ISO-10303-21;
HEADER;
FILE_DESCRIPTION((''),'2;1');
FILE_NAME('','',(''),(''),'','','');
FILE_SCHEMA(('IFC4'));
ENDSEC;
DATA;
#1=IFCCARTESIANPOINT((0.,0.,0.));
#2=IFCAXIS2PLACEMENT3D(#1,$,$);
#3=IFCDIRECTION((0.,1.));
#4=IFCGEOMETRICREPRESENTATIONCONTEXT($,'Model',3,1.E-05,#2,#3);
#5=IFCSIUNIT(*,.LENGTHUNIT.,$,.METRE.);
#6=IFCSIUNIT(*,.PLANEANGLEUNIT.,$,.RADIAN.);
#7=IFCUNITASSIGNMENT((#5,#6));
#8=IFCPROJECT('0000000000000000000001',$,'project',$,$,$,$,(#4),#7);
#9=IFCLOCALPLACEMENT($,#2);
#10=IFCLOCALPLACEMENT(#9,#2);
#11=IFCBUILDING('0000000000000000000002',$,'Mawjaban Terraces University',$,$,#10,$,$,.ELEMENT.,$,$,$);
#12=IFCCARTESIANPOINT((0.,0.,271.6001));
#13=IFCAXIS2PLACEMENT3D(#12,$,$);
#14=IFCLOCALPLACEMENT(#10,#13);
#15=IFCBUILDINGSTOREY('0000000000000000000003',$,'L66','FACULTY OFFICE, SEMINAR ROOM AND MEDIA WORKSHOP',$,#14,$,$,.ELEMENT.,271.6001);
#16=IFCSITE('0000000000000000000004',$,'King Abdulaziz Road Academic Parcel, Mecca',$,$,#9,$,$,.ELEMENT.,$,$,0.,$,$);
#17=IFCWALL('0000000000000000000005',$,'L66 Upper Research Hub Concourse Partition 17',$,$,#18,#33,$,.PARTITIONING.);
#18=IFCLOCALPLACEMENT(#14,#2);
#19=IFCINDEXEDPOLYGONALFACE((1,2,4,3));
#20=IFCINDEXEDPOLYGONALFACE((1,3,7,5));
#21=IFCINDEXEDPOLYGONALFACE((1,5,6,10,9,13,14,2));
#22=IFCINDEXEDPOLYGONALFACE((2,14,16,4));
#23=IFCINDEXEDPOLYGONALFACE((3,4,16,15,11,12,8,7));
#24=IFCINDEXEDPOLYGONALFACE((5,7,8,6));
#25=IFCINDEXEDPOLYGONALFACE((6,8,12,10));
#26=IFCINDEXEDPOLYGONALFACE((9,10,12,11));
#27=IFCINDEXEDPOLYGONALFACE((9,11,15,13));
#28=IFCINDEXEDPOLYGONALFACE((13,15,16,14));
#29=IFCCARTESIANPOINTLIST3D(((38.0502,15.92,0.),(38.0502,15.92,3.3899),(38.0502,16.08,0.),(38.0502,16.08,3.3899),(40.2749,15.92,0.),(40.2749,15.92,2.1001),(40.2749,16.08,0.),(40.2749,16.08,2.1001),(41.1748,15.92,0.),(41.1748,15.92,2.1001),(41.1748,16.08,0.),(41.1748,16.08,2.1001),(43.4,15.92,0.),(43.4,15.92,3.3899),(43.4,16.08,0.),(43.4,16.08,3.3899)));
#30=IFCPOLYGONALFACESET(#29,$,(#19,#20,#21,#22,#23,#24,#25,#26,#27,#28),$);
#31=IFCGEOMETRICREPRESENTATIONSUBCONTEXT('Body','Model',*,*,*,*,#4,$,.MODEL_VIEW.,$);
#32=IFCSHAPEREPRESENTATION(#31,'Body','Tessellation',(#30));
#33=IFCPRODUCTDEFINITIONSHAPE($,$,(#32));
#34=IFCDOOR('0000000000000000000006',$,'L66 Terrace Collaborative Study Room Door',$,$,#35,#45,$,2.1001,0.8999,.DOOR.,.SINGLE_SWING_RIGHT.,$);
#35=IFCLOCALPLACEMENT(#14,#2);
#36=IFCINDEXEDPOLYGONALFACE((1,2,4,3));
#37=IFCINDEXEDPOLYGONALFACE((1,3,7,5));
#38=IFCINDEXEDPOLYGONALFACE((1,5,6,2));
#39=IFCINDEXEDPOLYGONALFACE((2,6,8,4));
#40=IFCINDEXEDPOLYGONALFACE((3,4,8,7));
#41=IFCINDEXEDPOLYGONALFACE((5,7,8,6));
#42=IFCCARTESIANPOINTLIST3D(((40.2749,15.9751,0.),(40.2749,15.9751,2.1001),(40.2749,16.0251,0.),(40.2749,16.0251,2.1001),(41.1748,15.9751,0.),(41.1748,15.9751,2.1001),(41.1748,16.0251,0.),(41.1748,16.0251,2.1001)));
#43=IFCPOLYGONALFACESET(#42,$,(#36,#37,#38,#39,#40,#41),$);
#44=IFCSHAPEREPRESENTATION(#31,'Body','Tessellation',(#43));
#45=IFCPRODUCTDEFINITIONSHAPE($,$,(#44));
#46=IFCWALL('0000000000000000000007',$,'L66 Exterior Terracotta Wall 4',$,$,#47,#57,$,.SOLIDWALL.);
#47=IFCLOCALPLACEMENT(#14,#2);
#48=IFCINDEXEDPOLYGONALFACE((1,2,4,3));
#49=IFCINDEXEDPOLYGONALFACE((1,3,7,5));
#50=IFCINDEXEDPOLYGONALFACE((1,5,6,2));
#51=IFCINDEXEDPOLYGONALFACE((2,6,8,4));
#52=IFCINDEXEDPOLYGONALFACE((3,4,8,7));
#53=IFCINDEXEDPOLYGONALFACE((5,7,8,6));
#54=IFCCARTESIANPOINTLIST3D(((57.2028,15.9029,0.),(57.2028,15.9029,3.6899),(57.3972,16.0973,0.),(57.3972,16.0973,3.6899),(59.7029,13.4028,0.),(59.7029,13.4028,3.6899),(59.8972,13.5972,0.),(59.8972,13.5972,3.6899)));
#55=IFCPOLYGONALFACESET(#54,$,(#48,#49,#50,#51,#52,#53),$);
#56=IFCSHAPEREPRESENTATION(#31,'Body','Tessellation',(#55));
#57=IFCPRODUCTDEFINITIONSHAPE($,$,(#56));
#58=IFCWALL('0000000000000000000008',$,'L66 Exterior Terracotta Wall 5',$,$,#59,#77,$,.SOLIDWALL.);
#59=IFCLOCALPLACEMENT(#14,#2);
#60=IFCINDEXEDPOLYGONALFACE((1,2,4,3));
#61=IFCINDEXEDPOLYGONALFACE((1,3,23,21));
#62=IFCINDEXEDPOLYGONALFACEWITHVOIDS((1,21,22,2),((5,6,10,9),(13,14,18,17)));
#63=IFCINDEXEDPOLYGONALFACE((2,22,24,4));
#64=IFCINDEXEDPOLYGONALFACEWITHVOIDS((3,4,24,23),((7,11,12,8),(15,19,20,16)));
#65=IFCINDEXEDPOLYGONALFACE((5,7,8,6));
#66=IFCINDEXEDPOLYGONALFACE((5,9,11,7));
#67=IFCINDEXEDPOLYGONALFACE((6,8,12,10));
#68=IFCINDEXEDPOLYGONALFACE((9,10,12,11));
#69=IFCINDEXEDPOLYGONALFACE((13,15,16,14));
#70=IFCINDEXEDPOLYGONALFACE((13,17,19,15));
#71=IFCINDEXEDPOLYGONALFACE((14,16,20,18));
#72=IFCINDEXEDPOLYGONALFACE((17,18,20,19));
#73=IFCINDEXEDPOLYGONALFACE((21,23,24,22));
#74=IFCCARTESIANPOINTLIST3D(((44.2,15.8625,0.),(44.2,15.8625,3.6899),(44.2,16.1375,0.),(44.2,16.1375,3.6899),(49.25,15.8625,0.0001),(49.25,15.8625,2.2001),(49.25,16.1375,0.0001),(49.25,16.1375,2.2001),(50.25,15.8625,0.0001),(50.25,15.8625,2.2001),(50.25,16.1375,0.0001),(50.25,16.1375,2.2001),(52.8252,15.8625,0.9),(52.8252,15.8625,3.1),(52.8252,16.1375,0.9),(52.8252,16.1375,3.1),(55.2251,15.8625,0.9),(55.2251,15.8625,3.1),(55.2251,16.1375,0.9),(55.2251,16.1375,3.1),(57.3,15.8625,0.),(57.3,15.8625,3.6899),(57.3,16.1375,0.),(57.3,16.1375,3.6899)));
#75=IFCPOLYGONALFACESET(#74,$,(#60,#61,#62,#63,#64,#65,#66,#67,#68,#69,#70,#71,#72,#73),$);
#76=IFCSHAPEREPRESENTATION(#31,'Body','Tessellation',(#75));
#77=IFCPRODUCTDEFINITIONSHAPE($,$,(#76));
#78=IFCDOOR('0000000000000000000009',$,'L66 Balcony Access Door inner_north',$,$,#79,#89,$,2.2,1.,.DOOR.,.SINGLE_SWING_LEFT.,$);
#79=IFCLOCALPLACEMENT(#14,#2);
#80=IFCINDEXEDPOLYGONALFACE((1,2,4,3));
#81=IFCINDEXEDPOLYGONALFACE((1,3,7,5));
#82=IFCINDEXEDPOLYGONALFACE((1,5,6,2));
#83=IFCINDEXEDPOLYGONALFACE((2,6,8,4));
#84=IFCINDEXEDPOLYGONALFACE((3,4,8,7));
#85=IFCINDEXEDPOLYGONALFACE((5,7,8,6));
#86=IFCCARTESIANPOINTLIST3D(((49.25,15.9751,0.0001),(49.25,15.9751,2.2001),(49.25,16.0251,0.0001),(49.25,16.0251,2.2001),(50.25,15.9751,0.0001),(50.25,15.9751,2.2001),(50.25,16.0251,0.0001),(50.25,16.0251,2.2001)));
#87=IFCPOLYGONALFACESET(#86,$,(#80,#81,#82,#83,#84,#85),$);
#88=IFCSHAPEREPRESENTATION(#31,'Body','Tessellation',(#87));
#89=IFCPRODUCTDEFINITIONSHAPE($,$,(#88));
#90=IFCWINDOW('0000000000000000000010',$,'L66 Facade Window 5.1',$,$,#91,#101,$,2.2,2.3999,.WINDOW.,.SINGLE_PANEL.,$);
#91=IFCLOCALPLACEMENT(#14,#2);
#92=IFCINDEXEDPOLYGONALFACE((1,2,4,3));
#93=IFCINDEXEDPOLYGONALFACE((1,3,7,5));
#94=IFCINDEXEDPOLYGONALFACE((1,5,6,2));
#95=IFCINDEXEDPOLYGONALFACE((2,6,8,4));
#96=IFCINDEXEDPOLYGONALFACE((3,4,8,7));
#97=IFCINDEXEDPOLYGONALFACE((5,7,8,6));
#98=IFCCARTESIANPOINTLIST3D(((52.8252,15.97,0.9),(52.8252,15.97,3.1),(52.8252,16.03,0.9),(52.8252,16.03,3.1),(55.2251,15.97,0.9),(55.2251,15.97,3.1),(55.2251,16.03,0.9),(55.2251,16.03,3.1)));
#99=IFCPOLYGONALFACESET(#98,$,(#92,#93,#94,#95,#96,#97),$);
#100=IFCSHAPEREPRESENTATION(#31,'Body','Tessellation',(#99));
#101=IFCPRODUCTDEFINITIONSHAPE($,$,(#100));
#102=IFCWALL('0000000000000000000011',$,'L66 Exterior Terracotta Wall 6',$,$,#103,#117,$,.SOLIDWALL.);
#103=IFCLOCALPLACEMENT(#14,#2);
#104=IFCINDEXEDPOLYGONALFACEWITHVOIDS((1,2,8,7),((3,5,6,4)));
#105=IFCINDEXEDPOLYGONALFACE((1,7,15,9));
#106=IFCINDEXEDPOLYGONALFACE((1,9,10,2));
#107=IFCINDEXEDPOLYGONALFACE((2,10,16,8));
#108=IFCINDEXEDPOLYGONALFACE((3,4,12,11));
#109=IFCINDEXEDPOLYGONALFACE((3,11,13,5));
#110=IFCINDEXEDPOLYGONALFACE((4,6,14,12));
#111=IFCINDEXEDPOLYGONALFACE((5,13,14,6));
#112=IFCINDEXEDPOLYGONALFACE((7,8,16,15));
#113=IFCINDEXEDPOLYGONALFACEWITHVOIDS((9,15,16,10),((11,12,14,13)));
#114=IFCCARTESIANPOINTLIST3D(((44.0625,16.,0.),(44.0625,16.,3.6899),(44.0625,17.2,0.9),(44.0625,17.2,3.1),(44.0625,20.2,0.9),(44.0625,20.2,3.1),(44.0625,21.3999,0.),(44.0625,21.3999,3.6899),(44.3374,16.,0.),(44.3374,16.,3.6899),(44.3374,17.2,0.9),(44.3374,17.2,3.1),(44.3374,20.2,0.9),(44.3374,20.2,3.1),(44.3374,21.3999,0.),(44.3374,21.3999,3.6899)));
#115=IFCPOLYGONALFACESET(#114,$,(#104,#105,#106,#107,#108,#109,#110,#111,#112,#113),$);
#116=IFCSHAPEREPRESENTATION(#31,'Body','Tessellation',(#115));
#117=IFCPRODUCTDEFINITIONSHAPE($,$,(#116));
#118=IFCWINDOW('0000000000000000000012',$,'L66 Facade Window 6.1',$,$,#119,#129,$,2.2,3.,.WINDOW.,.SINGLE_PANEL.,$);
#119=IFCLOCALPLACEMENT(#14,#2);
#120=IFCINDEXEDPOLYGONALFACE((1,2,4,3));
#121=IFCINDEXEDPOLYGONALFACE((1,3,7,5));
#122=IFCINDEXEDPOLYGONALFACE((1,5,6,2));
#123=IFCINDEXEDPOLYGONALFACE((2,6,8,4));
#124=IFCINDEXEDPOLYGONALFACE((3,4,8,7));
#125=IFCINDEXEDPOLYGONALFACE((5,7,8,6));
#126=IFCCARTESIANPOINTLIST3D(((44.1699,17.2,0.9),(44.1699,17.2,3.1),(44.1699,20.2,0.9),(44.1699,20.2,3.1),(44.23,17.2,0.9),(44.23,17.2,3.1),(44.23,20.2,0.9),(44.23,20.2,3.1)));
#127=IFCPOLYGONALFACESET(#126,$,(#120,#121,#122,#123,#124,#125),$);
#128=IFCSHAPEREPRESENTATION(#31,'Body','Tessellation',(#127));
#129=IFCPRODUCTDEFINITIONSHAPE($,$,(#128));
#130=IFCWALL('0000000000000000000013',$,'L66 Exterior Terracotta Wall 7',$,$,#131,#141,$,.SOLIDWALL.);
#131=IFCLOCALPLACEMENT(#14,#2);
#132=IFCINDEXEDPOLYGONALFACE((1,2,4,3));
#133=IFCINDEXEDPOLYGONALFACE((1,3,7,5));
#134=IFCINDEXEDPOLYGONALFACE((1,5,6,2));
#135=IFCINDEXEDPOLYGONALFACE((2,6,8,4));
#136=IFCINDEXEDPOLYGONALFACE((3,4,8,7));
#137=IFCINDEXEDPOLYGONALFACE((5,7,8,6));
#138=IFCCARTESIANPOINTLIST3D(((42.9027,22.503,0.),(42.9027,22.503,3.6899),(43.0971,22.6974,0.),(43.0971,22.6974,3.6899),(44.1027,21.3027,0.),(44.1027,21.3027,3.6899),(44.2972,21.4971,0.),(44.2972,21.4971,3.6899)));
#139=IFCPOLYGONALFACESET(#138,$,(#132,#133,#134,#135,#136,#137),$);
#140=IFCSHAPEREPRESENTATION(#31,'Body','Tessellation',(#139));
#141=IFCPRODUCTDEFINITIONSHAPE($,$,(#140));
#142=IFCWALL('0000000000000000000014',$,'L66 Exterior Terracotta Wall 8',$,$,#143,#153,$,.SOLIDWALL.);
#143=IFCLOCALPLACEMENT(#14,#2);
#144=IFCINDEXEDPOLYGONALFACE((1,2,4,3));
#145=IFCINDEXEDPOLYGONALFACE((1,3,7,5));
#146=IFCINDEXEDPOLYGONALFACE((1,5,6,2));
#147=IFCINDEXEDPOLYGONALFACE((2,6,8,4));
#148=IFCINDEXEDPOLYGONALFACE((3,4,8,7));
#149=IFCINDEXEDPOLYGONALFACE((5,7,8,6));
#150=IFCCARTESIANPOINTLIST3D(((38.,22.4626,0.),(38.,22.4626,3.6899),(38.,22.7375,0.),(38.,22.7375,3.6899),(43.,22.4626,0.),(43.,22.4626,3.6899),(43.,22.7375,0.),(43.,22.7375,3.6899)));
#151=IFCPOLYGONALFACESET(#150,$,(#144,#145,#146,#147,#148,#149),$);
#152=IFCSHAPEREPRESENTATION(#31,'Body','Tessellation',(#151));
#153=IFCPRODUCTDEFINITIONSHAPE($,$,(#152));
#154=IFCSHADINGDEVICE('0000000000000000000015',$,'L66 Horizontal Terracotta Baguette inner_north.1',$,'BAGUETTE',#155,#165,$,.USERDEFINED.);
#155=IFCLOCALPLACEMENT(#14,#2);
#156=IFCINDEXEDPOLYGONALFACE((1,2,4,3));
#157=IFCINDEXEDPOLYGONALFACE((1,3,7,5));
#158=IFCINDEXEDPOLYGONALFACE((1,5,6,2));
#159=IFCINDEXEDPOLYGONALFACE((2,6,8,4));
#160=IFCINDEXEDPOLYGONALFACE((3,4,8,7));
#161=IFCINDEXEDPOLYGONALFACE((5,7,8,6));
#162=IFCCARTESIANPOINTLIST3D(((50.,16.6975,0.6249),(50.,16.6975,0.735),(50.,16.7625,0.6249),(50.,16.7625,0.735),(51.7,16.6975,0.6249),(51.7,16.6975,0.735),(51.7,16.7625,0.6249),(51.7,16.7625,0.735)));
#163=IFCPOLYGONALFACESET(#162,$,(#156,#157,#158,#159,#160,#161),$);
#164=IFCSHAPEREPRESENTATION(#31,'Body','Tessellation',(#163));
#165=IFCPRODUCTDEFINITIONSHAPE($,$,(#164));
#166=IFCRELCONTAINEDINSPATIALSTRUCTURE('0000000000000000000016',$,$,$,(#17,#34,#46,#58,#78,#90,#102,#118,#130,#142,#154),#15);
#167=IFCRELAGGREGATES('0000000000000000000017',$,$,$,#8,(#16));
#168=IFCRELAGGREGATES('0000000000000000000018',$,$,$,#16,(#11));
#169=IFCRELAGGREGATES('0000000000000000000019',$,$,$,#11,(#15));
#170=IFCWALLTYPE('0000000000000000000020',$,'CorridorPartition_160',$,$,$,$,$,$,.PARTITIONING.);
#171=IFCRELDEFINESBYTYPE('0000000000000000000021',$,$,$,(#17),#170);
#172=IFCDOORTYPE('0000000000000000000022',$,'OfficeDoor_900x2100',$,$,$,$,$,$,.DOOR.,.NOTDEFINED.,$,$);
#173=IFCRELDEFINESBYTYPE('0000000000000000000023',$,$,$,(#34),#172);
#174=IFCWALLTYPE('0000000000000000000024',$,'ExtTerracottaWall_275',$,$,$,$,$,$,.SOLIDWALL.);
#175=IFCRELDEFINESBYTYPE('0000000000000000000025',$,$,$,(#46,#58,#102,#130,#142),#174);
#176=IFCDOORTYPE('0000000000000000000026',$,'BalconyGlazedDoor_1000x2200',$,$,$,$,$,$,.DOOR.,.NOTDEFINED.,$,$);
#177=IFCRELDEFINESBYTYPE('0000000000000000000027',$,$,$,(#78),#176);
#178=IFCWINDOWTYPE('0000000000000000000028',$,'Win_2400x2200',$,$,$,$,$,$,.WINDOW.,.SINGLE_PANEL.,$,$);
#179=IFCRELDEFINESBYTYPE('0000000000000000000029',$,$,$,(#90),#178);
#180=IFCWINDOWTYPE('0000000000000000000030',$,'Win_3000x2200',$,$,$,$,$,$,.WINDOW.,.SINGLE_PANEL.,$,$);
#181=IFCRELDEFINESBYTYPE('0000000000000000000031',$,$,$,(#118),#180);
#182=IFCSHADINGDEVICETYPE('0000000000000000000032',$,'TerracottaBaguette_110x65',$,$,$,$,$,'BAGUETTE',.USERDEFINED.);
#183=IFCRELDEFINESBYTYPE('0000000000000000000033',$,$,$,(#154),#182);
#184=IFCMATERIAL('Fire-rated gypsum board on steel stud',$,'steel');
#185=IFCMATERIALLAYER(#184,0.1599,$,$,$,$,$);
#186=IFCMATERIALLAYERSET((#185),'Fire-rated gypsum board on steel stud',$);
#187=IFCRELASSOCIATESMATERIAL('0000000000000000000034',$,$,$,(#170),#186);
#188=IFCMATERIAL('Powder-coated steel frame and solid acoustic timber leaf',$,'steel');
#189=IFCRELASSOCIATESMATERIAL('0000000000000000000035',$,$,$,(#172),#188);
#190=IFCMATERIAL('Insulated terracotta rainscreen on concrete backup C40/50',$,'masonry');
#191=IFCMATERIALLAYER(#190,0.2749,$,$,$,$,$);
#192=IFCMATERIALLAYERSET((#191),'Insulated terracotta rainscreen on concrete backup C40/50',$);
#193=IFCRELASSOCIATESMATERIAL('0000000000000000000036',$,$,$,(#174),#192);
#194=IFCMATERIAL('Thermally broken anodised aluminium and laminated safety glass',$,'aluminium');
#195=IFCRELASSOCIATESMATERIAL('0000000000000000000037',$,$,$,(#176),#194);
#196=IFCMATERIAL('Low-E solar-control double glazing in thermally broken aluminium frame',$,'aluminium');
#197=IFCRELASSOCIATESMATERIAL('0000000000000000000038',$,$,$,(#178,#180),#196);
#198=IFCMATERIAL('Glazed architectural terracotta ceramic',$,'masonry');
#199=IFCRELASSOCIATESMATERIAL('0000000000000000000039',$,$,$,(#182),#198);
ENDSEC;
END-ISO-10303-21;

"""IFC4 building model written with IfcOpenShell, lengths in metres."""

from ifc_helpers import new_model, si_unit, direction, frame, frame_2d, origin, origin_2d, place, context, subcontext, project, spatial, rectangle, extrude, material, layer, layer_set, material_profile, profile_set, type_object, element, fill, save


model = new_model("IFC4")

# Units and contexts
model_context = context("Model", 3, precision=1e-05, world=origin(), true_north=direction((0.0, 1.0)))
body_context = subcontext(model_context, "Body", "Model", "MODEL_VIEW")
ifc_project = project(units=[si_unit("LENGTHUNIT", "METRE"), si_unit("PLANEANGLEUNIT", "RADIAN")], contexts=[model_context])

# Site, building, storey
site_placement = place(None, origin())
site = spatial("IfcSite", under=ifc_project, at=site_placement, Name="King Abdulaziz Road Academic Parcel, Mecca", CompositionType="ELEMENT", RefElevation=0.0)
building_placement = place(site_placement, origin())
building = spatial("IfcBuilding", under=site, at=building_placement, Name="Mawjaban Terraces University", CompositionType="ELEMENT")
storey_placement = place(building_placement, frame((0.0, 0.0, 271.6001)))
storey = spatial("IfcBuildingStorey", under=building, at=storey_placement, Name="L66", Description="FACULTY OFFICE, SEMINAR ROOM AND MEDIA WORKSHOP", CompositionType="ELEMENT", Elevation=271.6001)

# Wall, opening, door
ifc_material_1 = material(Name="Fire-rated gypsum board on steel stud", Category="steel")
ifc_layer_1 = layer(ifc_material_1, 0.1599)
ifc_layer_set_1 = layer_set([ifc_layer_1], Name="Fire-rated gypsum board on steel stud")
wall_type_1 = type_object("IfcWallType", Name="CorridorPartition_160", PredefinedType="PARTITIONING", material=ifc_layer_set_1)
wall_1_placement = place(storey_placement, frame((43.3999, 16.0, 0.0), z_axis=(0.0, 0.0, 1.0), x_axis=(-1.0, 0.0, 0.0)))
wall_1 = element("IfcWall", 1, at=wall_1_placement, inside=storey, type_object=wall_type_1, Name="L66 Upper Research Hub Concourse Partition 17", PredefinedType="PARTITIONING", context=body_context, shape_type="SweptSolid", body=[
    extrude(rectangle(XDim=5.3499, YDim=0.1599, at=frame_2d((2.6748, 0.0))), origin(), (0.0, 0.0, 1.0), 3.3899),
])
opening_1_placement = place(wall_1_placement, frame((2.2251, 0.0, 0.0)))
opening_1 = element("IfcOpeningElement", 2, at=opening_1_placement, cuts=wall_1, PredefinedType="OPENING", context=body_context, shape_type="SweptSolid", body=[
    extrude(rectangle(XDim=0.8999, YDim=2.1001, at=frame_2d((0.45, 1.05))), frame((0.0, 0.0898, 0.0), z_axis=(0.0, -1.0, 0.0), x_axis=(1.0, 0.0, 0.0)), (0.0, 0.0, 1.0), 0.1799),
])
ifc_material_2 = material(Name="Powder-coated steel frame and solid acoustic timber leaf", Category="steel")
door_type_1 = type_object("IfcDoorType", Name="OfficeDoor_900x2100", OperationType="NOTDEFINED", PredefinedType="DOOR", material=ifc_material_2)
door_1_placement = place(opening_1_placement, origin())
door_1 = element("IfcDoor", 3, at=door_1_placement, inside=storey, type_object=door_type_1, Name="L66 Terrace Collaborative Study Room Door", OperationType="SINGLE_SWING_RIGHT", OverallHeight=2.1001, OverallWidth=0.8999, PredefinedType="DOOR", context=body_context, shape_type="SweptSolid", body=[
    extrude(rectangle(XDim=0.8999, YDim=2.1001, at=frame_2d((0.45, 1.05))), frame((0.0, 0.0249, 0.0), z_axis=(0.0, -1.0, 0.0), x_axis=(1.0, 0.0, 0.0)), (0.0, 0.0, 1.0), 0.05),
])
fill(opening_1, door_1)

# Wall
ifc_material_3 = material(Name="Insulated terracotta rainscreen on concrete backup C40/50", Category="masonry")
ifc_layer_2 = layer(ifc_material_3, 0.2749)
ifc_layer_set_2 = layer_set([ifc_layer_2], Name="Insulated terracotta rainscreen on concrete backup C40/50")
wall_type_2 = type_object("IfcWallType", Name="ExtTerracottaWall_275", PredefinedType="SOLIDWALL", material=ifc_layer_set_2)
wall_2_placement = place(storey_placement, frame((59.8, 13.5, 0.0), z_axis=(0.0, 0.0, 1.0), x_axis=(-0.707107, 0.707107, 0.0)))
element("IfcWall", 4, at=wall_2_placement, inside=storey, type_object=wall_type_2, Name="L66 Exterior Terracotta Wall 4", PredefinedType="SOLIDWALL", context=body_context, shape_type="SweptSolid", body=[
    extrude(rectangle(XDim=3.5356, YDim=0.2749, at=frame_2d((1.7678, 0.0))), origin(), (0.0, 0.0, 1.0), 3.6899),
])

# Wall, openings, door, window
wall_3_placement = place(storey_placement, frame((57.3, 16.0, 0.0), z_axis=(0.0, 0.0, 1.0), x_axis=(-1.0, 0.0, 0.0)))
wall_3 = element("IfcWall", 5, at=wall_3_placement, inside=storey, type_object=wall_type_2, Name="L66 Exterior Terracotta Wall 5", PredefinedType="SOLIDWALL", context=body_context, shape_type="SweptSolid", body=[
    extrude(rectangle(XDim=13.1001, YDim=0.2749, at=frame_2d((6.55, 0.0))), origin(), (0.0, 0.0, 1.0), 3.6899),
])
opening_2_placement = place(wall_3_placement, frame((7.05, 0.0, 0.0)))
opening_2 = element("IfcOpeningElement", 6, at=opening_2_placement, cuts=wall_3, PredefinedType="OPENING", context=body_context, shape_type="SweptSolid", body=[
    extrude(rectangle(XDim=1.0, YDim=2.2, at=frame_2d((0.5, 1.1001))), frame((0.0, 0.1475, 0.0), z_axis=(0.0, -1.0, 0.0), x_axis=(1.0, 0.0, 0.0)), (0.0, 0.0, 1.0), 0.2949),
])
opening_3_placement = place(wall_3_placement, frame((2.075, 0.0, 0.8999)))
opening_3 = element("IfcOpeningElement", 7, at=opening_3_placement, cuts=wall_3, PredefinedType="OPENING", context=body_context, shape_type="SweptSolid", body=[
    extrude(rectangle(XDim=2.3999, YDim=2.2, at=frame_2d((1.2, 1.1001))), frame((0.0, 0.1475, 0.0), z_axis=(0.0, -1.0, 0.0), x_axis=(1.0, 0.0, 0.0)), (0.0, 0.0, 1.0), 0.2949),
])
ifc_material_4 = material(Name="Thermally broken anodised aluminium and laminated safety glass", Category="aluminium")
door_type_2 = type_object("IfcDoorType", Name="BalconyGlazedDoor_1000x2200", OperationType="NOTDEFINED", PredefinedType="DOOR", material=ifc_material_4)
door_2_placement = place(opening_2_placement, origin())
door_2 = element("IfcDoor", 8, at=door_2_placement, inside=storey, type_object=door_type_2, Name="L66 Balcony Access Door inner_north", OperationType="SINGLE_SWING_LEFT", OverallHeight=2.2, OverallWidth=1.0, PredefinedType="DOOR", context=body_context, shape_type="SweptSolid", body=[
    extrude(rectangle(XDim=1.0, YDim=2.2, at=frame_2d((0.5, 1.1001))), frame((0.0, 0.0249, 0.0), z_axis=(0.0, -1.0, 0.0), x_axis=(1.0, 0.0, 0.0)), (0.0, 0.0, 1.0), 0.05),
])
fill(opening_2, door_2)
ifc_material_5 = material(Name="Low-E solar-control double glazing in thermally broken aluminium frame", Category="aluminium")
window_type_1 = type_object("IfcWindowType", Name="Win_2400x2200", PartitioningType="SINGLE_PANEL", PredefinedType="WINDOW", material=ifc_material_5)
window_1_placement = place(opening_3_placement, origin())
window_1 = element("IfcWindow", 9, at=window_1_placement, inside=storey, type_object=window_type_1, Name="L66 Facade Window 5.1", OverallHeight=2.2, OverallWidth=2.3999, PartitioningType="SINGLE_PANEL", PredefinedType="WINDOW", context=body_context, shape_type="SweptSolid", body=[
    extrude(rectangle(XDim=2.3999, YDim=2.2, at=frame_2d((1.2, 1.1001))), frame((0.0, 0.03, 0.0), z_axis=(0.0, -1.0, 0.0), x_axis=(1.0, 0.0, 0.0)), (0.0, 0.0, 1.0), 0.0601),
])
fill(opening_3, window_1)

# Wall, opening, window
wall_4_placement = place(storey_placement, frame((44.2, 16.0, 0.0), z_axis=(0.0, 0.0, 1.0), x_axis=(0.0, 1.0, 0.0)))
wall_4 = element("IfcWall", 10, at=wall_4_placement, inside=storey, type_object=wall_type_2, Name="L66 Exterior Terracotta Wall 6", PredefinedType="SOLIDWALL", context=body_context, shape_type="SweptSolid", body=[
    extrude(rectangle(XDim=5.3999, YDim=0.2749, at=frame_2d((2.7, 0.0))), origin(), (0.0, 0.0, 1.0), 3.6899),
])
opening_4_placement = place(wall_4_placement, frame((1.2, 0.0, 0.8999)))
opening_4 = element("IfcOpeningElement", 11, at=opening_4_placement, cuts=wall_4, PredefinedType="OPENING", context=body_context, shape_type="SweptSolid", body=[
    extrude(rectangle(XDim=3.0, YDim=2.2, at=frame_2d((1.5, 1.1001))), frame((0.0, 0.1475, 0.0), z_axis=(0.0, -1.0, 0.0), x_axis=(1.0, 0.0, 0.0)), (0.0, 0.0, 1.0), 0.2949),
])
window_type_2 = type_object("IfcWindowType", Name="Win_3000x2200", PartitioningType="SINGLE_PANEL", PredefinedType="WINDOW", material=ifc_material_5)
window_2_placement = place(opening_4_placement, origin())
window_2 = element("IfcWindow", 12, at=window_2_placement, inside=storey, type_object=window_type_2, Name="L66 Facade Window 6.1", OverallHeight=2.2, OverallWidth=3.0, PartitioningType="SINGLE_PANEL", PredefinedType="WINDOW", context=body_context, shape_type="SweptSolid", body=[
    extrude(rectangle(XDim=3.0, YDim=2.2, at=frame_2d((1.5, 1.1001))), frame((0.0, 0.03, 0.0), z_axis=(0.0, -1.0, 0.0), x_axis=(1.0, 0.0, 0.0)), (0.0, 0.0, 1.0), 0.0601),
])
fill(opening_4, window_2)

# Walls
wall_5_placement = place(storey_placement, frame((44.2, 21.3999, 0.0), z_axis=(0.0, 0.0, 1.0), x_axis=(-0.707035, 0.707179, 0.0)))
element("IfcWall", 13, at=wall_5_placement, inside=storey, type_object=wall_type_2, Name="L66 Exterior Terracotta Wall 7", PredefinedType="SOLIDWALL", context=body_context, shape_type="SweptSolid", body=[
    extrude(rectangle(XDim=1.6973, YDim=0.2749, at=frame_2d((0.8486, 0.0))), origin(), (0.0, 0.0, 1.0), 3.6899),
])
wall_6_placement = place(storey_placement, frame((43.0, 22.6001, 0.0), z_axis=(0.0, 0.0, 1.0), x_axis=(-1.0, 0.0, 0.0)))
element("IfcWall", 14, at=wall_6_placement, inside=storey, type_object=wall_type_2, Name="L66 Exterior Terracotta Wall 8", PredefinedType="SOLIDWALL", context=body_context, shape_type="SweptSolid", body=[
    extrude(rectangle(XDim=5.0, YDim=0.2749, at=frame_2d((2.5, 0.0))), origin(), (0.0, 0.0, 1.0), 3.6899),
])

# Shading device
ifc_material_6 = material(Name="Glazed architectural terracotta ceramic", Category="masonry")
ifc_material_profile_1 = material_profile(ifc_material_6, rectangle(XDim=0.0649, YDim=0.1101, at=origin_2d()), Name="TBAG110X65")
ifc_profile_set_1 = profile_set([ifc_material_profile_1], Name="Glazed architectural terracotta ceramic")
shading_device_type_1 = type_object("IfcShadingDeviceType", Name="TerracottaBaguette_110x65", ElementType="BAGUETTE", PredefinedType="USERDEFINED", material=ifc_profile_set_1)
for number, where, z_axis, x_axis, name in (
    (15, (50.0, 16.73, 0.6799), (1.0, 0.0, 0.0), (0.0, 1.0, 0.0), "L66 Horizontal Terracotta Baguette inner_north.1"),
):
    element("IfcShadingDevice", number, at=place(storey_placement, frame(where, z_axis=z_axis, x_axis=x_axis)), inside=storey, type_object=shading_device_type_1, Name=name, ObjectType="BAGUETTE", PredefinedType="USERDEFINED", context=body_context, shape_type="SweptSolid", body=[
        extrude(rectangle(XDim=0.0649, YDim=0.1101, at=origin_2d()), origin(), (0.0, 0.0, 1.0), 1.7),
    ])

save(model, "model.ifc")
